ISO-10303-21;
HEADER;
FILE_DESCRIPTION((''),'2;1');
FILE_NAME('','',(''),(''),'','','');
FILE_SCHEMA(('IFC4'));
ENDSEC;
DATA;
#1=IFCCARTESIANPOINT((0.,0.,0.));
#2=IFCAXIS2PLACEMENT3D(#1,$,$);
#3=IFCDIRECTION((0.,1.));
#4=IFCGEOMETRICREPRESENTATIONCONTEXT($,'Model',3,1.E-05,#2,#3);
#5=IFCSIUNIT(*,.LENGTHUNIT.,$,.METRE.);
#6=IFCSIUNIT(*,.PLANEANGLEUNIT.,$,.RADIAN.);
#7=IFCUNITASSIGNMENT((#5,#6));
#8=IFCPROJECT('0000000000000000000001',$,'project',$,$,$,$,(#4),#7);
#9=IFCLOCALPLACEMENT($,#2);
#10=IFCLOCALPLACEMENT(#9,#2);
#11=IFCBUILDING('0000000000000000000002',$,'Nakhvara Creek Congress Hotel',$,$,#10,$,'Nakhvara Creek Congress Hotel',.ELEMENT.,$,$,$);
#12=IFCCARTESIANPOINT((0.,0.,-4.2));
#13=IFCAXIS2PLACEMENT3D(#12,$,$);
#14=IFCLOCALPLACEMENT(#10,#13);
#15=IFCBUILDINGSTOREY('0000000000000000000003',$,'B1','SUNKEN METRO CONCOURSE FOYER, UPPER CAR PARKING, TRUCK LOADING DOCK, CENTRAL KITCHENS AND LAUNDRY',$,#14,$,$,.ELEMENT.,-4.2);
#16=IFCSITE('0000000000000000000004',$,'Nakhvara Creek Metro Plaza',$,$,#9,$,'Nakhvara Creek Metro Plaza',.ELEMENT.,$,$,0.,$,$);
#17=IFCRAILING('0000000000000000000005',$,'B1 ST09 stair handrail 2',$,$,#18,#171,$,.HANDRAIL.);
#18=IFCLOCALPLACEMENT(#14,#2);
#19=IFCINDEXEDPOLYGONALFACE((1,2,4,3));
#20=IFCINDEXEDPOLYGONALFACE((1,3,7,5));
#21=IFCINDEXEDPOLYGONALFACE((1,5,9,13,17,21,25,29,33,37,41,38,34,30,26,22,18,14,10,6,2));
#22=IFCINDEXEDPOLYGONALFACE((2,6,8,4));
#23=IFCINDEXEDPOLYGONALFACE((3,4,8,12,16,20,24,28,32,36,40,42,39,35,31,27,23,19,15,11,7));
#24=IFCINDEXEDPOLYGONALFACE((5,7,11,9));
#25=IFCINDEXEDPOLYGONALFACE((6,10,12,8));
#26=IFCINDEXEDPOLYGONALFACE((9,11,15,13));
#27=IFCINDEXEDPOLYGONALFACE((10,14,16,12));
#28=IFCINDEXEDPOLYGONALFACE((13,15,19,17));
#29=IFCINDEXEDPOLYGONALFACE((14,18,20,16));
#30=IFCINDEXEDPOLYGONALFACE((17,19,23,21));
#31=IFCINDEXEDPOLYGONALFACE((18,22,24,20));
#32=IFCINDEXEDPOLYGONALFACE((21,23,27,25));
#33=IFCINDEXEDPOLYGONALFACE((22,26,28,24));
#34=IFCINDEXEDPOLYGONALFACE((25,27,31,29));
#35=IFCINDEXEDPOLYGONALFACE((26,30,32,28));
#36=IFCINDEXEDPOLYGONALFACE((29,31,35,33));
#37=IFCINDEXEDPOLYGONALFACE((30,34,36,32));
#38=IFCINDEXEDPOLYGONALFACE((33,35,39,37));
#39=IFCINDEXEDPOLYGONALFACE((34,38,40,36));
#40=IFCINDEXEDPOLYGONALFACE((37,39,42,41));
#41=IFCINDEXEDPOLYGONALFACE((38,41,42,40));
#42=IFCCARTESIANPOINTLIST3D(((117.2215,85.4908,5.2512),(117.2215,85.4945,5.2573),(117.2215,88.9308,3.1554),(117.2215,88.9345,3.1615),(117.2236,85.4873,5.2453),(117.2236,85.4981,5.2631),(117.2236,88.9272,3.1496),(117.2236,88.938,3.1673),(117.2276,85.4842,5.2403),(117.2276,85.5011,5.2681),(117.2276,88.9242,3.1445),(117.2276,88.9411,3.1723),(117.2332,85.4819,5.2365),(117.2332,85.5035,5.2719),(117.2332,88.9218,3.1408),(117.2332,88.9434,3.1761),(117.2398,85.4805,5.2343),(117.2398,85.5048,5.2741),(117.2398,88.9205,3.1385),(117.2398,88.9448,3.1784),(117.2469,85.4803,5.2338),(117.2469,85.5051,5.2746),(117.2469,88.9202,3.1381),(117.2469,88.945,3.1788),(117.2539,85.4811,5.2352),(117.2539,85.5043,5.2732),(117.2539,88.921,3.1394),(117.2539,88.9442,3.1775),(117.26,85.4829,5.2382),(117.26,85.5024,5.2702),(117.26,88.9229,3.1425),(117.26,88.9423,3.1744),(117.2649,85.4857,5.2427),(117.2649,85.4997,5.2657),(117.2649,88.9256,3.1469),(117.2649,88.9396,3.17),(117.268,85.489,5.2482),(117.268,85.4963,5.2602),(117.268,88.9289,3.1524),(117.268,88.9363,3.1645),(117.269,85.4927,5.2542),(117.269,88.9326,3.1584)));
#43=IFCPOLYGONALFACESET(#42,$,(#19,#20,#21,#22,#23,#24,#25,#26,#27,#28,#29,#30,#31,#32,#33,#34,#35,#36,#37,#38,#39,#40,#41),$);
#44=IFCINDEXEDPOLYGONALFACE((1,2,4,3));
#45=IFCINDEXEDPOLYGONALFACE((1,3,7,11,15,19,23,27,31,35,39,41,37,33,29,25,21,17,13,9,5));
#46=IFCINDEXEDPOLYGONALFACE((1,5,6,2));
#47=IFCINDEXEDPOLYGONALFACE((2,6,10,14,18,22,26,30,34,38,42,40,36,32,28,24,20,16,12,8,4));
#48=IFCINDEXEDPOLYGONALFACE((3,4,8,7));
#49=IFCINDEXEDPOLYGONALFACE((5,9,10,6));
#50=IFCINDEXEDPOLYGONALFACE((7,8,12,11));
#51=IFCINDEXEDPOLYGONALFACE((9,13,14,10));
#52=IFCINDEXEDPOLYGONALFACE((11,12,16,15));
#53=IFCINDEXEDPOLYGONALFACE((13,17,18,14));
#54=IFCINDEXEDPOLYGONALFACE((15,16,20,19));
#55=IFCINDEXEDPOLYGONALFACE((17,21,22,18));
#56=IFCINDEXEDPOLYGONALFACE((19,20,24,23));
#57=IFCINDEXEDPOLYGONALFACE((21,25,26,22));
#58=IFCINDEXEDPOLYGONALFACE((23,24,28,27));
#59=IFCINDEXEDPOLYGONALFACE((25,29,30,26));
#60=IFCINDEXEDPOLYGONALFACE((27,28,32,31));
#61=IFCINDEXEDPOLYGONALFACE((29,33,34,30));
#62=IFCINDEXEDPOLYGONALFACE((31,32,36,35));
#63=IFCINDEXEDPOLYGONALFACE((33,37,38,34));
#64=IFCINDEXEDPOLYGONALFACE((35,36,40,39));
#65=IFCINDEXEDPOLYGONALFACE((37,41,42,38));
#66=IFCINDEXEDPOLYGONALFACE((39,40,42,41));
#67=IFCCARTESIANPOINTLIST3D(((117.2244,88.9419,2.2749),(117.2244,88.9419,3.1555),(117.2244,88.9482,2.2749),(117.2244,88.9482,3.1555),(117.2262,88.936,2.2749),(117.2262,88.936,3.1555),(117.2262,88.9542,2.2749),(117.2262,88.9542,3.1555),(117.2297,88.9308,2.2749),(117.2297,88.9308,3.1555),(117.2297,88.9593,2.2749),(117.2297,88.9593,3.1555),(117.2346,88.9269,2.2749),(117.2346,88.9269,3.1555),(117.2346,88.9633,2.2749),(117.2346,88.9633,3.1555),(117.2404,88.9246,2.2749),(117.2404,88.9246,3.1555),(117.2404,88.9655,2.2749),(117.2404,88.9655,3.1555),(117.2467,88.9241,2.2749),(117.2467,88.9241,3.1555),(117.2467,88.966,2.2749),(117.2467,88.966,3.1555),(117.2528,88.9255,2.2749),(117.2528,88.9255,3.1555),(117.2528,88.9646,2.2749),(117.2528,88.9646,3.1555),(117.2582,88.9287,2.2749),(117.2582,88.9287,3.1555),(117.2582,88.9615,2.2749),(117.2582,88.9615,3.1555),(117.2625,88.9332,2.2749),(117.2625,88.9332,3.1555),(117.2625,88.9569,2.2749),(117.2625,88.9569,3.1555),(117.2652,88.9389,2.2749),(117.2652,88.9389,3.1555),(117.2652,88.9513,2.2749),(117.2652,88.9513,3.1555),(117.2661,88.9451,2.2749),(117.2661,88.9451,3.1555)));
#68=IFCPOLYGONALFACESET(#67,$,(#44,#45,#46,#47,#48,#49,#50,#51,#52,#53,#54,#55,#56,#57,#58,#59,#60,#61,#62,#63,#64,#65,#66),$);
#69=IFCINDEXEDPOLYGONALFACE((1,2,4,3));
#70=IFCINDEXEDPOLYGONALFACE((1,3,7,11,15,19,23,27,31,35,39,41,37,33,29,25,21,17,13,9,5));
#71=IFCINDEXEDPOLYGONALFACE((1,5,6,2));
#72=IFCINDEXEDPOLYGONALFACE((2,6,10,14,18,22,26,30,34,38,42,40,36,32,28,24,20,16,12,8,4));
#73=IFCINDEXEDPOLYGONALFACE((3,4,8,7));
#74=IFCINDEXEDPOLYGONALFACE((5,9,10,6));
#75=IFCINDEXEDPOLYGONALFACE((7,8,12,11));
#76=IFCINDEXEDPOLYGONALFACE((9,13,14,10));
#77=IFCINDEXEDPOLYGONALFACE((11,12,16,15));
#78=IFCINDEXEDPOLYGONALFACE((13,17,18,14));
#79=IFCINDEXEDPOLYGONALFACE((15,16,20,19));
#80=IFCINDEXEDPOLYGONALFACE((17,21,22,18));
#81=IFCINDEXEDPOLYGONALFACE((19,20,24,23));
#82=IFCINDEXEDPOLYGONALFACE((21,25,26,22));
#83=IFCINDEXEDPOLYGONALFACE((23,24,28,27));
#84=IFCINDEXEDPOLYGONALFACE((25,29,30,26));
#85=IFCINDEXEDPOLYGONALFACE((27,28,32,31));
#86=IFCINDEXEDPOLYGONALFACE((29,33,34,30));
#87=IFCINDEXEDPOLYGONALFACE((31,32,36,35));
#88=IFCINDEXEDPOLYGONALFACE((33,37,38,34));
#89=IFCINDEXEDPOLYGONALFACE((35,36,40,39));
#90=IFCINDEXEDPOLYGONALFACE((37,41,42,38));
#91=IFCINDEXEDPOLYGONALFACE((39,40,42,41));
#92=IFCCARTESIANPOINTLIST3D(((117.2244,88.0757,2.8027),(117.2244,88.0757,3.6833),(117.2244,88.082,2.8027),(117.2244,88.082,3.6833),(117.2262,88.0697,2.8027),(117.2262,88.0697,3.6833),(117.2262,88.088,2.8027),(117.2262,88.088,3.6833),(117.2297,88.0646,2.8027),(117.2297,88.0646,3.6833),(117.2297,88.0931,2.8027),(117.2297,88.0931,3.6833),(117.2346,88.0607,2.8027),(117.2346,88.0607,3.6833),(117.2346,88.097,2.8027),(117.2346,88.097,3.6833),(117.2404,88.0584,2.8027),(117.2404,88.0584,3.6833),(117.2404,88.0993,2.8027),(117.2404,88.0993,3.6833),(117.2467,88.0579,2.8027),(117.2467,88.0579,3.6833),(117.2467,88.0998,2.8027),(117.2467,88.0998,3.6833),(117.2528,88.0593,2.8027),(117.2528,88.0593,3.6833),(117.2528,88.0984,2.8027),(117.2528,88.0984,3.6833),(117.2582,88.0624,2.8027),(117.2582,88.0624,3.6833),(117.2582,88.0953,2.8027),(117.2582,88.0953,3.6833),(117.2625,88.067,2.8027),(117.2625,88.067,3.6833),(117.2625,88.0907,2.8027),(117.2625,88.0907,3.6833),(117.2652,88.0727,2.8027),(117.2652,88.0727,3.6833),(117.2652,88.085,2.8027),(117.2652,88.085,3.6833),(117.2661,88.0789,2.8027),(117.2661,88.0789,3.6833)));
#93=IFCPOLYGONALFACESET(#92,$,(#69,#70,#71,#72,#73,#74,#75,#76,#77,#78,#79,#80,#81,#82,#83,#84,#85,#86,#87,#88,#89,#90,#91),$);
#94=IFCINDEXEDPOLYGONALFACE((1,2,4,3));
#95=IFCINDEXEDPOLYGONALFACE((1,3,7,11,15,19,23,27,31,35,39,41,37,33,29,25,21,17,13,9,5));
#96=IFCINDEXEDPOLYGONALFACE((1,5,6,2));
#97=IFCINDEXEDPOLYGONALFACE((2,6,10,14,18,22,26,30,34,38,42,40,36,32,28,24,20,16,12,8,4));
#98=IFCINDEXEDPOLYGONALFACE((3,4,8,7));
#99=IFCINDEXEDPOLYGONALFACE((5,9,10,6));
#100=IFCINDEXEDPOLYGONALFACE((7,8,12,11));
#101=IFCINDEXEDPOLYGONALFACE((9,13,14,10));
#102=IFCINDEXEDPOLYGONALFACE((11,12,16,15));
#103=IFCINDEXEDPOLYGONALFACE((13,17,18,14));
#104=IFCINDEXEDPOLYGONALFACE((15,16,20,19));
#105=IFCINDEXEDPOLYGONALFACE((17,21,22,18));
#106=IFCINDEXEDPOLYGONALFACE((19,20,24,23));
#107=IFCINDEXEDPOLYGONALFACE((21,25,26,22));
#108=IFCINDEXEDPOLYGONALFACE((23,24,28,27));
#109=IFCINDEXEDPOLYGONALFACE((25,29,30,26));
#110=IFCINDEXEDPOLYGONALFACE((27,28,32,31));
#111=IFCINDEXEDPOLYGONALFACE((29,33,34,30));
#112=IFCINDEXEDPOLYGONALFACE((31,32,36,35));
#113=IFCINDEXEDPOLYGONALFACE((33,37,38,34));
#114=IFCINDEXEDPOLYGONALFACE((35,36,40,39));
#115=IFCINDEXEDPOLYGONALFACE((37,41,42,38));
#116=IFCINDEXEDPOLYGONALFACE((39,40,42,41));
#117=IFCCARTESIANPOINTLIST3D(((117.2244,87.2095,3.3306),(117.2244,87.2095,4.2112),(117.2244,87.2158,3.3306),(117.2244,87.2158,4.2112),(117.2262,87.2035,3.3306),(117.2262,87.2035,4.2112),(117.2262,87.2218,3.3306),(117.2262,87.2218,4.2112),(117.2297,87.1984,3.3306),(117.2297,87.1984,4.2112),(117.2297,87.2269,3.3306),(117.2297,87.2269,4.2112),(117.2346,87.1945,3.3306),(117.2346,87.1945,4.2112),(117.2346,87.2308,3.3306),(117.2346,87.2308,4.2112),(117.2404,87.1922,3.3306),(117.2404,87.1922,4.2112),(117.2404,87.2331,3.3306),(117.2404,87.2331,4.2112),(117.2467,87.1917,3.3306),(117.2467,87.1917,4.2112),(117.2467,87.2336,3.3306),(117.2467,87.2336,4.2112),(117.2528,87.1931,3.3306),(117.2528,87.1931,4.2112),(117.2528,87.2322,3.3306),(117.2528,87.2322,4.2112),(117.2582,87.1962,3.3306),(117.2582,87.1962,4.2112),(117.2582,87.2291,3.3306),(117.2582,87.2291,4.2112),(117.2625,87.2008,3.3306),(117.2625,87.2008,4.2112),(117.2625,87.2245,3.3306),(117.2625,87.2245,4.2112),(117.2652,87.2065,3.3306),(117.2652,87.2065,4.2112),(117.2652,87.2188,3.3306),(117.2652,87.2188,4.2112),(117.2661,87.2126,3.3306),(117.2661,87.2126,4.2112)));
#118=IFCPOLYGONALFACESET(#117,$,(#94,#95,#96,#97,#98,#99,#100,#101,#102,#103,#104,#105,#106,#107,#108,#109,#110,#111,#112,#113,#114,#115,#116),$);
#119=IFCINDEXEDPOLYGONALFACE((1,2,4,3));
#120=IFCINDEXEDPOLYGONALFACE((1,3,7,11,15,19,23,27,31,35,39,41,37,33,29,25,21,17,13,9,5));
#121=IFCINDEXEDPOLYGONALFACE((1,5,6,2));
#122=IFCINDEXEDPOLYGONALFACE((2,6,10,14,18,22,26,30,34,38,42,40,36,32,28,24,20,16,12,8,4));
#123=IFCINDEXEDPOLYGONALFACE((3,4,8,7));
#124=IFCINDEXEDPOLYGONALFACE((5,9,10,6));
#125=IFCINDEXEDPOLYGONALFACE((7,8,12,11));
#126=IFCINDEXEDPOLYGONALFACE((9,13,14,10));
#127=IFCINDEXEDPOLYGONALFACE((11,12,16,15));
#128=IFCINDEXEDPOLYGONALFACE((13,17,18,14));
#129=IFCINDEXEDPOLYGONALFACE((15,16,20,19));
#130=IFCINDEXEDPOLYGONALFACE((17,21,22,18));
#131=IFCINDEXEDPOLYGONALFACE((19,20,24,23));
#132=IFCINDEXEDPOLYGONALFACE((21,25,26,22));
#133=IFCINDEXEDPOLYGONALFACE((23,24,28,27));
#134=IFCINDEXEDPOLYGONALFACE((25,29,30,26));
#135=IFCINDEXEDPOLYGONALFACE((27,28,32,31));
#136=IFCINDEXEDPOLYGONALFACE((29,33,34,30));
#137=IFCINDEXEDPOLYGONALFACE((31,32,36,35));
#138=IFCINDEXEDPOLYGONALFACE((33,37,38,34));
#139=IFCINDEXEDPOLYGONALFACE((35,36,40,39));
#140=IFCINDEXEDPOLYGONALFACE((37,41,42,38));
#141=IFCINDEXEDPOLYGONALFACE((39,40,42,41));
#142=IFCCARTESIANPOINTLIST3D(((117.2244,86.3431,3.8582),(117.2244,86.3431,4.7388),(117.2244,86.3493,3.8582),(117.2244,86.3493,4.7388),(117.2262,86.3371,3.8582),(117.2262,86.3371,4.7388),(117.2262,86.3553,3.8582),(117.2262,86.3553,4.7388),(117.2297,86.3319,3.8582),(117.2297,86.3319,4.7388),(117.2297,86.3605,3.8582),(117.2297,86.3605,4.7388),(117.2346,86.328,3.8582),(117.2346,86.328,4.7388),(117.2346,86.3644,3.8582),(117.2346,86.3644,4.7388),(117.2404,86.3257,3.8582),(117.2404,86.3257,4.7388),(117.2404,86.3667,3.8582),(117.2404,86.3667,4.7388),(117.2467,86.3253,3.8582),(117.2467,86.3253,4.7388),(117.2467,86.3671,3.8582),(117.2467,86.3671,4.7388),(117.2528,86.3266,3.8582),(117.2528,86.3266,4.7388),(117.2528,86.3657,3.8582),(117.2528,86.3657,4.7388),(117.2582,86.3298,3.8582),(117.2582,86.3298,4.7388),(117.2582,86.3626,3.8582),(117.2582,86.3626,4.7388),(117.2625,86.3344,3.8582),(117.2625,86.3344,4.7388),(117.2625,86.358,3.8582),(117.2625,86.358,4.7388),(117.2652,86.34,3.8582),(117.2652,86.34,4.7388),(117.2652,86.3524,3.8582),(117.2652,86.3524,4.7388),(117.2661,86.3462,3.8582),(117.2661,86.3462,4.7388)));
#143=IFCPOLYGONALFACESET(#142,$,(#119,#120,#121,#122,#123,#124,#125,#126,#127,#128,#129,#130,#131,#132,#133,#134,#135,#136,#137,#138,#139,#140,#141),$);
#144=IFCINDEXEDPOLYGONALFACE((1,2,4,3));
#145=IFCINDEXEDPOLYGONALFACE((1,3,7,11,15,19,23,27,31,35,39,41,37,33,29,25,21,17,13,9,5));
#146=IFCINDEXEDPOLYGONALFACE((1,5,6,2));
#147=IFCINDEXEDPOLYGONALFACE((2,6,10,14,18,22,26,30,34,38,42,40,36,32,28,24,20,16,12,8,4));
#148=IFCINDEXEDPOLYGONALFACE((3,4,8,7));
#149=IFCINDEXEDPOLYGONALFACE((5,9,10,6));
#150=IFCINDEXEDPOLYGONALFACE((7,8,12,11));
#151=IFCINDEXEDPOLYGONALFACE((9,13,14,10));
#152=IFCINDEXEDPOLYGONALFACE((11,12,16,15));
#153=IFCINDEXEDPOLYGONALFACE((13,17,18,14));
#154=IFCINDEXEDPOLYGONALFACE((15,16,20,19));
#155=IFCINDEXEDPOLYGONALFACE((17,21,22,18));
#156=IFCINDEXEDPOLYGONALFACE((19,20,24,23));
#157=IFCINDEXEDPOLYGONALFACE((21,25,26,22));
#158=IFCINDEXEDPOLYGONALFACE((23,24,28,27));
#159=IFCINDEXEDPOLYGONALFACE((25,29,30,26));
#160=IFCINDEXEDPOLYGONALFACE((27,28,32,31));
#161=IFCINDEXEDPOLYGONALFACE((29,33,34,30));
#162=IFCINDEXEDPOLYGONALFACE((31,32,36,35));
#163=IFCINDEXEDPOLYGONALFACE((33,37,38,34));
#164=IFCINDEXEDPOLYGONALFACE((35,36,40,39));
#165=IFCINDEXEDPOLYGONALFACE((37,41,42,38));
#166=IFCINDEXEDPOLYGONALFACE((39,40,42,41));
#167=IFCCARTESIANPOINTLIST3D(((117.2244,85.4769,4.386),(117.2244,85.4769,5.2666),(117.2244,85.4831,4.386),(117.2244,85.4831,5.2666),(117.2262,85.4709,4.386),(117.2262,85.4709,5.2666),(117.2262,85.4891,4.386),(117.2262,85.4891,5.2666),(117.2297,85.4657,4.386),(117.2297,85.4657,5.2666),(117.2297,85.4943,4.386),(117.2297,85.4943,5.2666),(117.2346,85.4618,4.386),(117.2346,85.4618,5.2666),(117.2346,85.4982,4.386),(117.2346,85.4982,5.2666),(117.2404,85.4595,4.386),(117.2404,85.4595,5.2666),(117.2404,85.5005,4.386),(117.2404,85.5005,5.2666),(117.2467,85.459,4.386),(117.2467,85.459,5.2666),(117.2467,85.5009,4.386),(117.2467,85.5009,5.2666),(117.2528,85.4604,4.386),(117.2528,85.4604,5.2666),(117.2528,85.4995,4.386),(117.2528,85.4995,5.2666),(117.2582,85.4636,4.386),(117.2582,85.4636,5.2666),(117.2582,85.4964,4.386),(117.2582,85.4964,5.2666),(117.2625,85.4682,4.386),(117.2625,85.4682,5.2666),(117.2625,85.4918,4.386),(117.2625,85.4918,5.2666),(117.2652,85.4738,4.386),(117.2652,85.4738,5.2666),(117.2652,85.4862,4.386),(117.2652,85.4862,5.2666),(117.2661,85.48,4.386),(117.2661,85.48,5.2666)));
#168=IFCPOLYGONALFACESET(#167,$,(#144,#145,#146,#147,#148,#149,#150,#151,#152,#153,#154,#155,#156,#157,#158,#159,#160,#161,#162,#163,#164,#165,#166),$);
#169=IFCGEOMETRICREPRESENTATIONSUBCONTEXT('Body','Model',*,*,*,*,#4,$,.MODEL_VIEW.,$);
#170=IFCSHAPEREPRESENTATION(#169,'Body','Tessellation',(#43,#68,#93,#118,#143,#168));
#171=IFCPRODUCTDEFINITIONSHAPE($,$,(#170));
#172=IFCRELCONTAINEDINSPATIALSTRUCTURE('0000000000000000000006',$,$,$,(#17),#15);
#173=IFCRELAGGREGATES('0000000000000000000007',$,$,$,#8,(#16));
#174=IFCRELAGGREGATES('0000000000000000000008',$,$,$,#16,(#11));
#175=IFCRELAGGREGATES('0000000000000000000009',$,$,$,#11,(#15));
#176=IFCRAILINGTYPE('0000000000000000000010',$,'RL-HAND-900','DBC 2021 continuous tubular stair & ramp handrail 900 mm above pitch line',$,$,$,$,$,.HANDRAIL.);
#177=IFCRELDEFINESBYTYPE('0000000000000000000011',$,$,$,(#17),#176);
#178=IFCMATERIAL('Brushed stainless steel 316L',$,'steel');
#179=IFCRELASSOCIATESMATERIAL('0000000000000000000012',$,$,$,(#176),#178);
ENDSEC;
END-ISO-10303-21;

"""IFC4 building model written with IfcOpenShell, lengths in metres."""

from ifc_helpers import new_model, si_unit, direction, frame, origin, origin_2d, place, context, subcontext, project, spatial, circle, extrude, material, type_object, element, save


model = new_model("IFC4")

# Units and contexts
model_context = context("Model", 3, precision=1e-05, world=origin(), true_north=direction((0.0, 1.0)))
body_context = subcontext(model_context, "Body", "Model", "MODEL_VIEW")
ifc_project = project(units=[si_unit("LENGTHUNIT", "METRE"), si_unit("PLANEANGLEUNIT", "RADIAN")], contexts=[model_context])

# Site, building, storey
site_placement = place(None, origin())
site = spatial("IfcSite", under=ifc_project, at=site_placement, Name="Nakhvara Creek Metro Plaza", LongName="Nakhvara Creek Metro Plaza", CompositionType="ELEMENT", RefElevation=0.0)
building_placement = place(site_placement, origin())
building = spatial("IfcBuilding", under=site, at=building_placement, Name="Nakhvara Creek Congress Hotel", LongName="Nakhvara Creek Congress Hotel", CompositionType="ELEMENT")
storey_placement = place(building_placement, frame((0.0, 0.0, -4.2)))
storey = spatial("IfcBuildingStorey", under=building, at=storey_placement, Name="B1", Description="SUNKEN METRO CONCOURSE FOYER, UPPER CAR PARKING, TRUCK LOADING DOCK, CENTRAL KITCHENS AND LAUNDRY", CompositionType="ELEMENT", Elevation=-4.2)

# Railing
ifc_material_1 = material(Name="Brushed stainless steel 316L", Category="steel")
railing_type_1 = type_object("IfcRailingType", Name="RL-HAND-900", Description="DBC 2021 continuous tubular stair & ramp handrail 900 mm above pitch line", PredefinedType="HANDRAIL", material=ifc_material_1)
railing_1_placement = place(storey_placement, frame((117.2451, 88.9451, 2.2749)))
element("IfcRailing", 1, at=railing_1_placement, inside=storey, type_object=railing_type_1, Name="B1 ST09 stair handrail 2", PredefinedType="HANDRAIL", context=body_context, shape_type="SweptSolid", body=[
    extrude(circle(Radius=0.0239, at=origin_2d()), frame((0.0, -0.0125, 0.8835), z_axis=(0.0, -0.853991, 0.520289), x_axis=(1.0, 0.0, 0.0)), (0.0, 0.0, 1.0), 4.0281),
    extrude(circle(Radius=0.021, at=origin_2d()), origin(), (0.0, 0.0, 1.0), 0.8806),
    extrude(circle(Radius=0.021, at=origin_2d()), frame((0.0, -0.8662, 0.5278)), (0.0, 0.0, 1.0), 0.8806),
    extrude(circle(Radius=0.021, at=origin_2d()), frame((0.0, -1.7324, 1.0557)), (0.0, 0.0, 1.0), 0.8806),
    extrude(circle(Radius=0.021, at=origin_2d()), frame((0.0, -2.5989, 1.5833)), (0.0, 0.0, 1.0), 0.8806),
    extrude(circle(Radius=0.021, at=origin_2d()), frame((0.0, -3.4651, 2.1111)), (0.0, 0.0, 1.0), 0.8806),
])

save(model, "model.ifc")
